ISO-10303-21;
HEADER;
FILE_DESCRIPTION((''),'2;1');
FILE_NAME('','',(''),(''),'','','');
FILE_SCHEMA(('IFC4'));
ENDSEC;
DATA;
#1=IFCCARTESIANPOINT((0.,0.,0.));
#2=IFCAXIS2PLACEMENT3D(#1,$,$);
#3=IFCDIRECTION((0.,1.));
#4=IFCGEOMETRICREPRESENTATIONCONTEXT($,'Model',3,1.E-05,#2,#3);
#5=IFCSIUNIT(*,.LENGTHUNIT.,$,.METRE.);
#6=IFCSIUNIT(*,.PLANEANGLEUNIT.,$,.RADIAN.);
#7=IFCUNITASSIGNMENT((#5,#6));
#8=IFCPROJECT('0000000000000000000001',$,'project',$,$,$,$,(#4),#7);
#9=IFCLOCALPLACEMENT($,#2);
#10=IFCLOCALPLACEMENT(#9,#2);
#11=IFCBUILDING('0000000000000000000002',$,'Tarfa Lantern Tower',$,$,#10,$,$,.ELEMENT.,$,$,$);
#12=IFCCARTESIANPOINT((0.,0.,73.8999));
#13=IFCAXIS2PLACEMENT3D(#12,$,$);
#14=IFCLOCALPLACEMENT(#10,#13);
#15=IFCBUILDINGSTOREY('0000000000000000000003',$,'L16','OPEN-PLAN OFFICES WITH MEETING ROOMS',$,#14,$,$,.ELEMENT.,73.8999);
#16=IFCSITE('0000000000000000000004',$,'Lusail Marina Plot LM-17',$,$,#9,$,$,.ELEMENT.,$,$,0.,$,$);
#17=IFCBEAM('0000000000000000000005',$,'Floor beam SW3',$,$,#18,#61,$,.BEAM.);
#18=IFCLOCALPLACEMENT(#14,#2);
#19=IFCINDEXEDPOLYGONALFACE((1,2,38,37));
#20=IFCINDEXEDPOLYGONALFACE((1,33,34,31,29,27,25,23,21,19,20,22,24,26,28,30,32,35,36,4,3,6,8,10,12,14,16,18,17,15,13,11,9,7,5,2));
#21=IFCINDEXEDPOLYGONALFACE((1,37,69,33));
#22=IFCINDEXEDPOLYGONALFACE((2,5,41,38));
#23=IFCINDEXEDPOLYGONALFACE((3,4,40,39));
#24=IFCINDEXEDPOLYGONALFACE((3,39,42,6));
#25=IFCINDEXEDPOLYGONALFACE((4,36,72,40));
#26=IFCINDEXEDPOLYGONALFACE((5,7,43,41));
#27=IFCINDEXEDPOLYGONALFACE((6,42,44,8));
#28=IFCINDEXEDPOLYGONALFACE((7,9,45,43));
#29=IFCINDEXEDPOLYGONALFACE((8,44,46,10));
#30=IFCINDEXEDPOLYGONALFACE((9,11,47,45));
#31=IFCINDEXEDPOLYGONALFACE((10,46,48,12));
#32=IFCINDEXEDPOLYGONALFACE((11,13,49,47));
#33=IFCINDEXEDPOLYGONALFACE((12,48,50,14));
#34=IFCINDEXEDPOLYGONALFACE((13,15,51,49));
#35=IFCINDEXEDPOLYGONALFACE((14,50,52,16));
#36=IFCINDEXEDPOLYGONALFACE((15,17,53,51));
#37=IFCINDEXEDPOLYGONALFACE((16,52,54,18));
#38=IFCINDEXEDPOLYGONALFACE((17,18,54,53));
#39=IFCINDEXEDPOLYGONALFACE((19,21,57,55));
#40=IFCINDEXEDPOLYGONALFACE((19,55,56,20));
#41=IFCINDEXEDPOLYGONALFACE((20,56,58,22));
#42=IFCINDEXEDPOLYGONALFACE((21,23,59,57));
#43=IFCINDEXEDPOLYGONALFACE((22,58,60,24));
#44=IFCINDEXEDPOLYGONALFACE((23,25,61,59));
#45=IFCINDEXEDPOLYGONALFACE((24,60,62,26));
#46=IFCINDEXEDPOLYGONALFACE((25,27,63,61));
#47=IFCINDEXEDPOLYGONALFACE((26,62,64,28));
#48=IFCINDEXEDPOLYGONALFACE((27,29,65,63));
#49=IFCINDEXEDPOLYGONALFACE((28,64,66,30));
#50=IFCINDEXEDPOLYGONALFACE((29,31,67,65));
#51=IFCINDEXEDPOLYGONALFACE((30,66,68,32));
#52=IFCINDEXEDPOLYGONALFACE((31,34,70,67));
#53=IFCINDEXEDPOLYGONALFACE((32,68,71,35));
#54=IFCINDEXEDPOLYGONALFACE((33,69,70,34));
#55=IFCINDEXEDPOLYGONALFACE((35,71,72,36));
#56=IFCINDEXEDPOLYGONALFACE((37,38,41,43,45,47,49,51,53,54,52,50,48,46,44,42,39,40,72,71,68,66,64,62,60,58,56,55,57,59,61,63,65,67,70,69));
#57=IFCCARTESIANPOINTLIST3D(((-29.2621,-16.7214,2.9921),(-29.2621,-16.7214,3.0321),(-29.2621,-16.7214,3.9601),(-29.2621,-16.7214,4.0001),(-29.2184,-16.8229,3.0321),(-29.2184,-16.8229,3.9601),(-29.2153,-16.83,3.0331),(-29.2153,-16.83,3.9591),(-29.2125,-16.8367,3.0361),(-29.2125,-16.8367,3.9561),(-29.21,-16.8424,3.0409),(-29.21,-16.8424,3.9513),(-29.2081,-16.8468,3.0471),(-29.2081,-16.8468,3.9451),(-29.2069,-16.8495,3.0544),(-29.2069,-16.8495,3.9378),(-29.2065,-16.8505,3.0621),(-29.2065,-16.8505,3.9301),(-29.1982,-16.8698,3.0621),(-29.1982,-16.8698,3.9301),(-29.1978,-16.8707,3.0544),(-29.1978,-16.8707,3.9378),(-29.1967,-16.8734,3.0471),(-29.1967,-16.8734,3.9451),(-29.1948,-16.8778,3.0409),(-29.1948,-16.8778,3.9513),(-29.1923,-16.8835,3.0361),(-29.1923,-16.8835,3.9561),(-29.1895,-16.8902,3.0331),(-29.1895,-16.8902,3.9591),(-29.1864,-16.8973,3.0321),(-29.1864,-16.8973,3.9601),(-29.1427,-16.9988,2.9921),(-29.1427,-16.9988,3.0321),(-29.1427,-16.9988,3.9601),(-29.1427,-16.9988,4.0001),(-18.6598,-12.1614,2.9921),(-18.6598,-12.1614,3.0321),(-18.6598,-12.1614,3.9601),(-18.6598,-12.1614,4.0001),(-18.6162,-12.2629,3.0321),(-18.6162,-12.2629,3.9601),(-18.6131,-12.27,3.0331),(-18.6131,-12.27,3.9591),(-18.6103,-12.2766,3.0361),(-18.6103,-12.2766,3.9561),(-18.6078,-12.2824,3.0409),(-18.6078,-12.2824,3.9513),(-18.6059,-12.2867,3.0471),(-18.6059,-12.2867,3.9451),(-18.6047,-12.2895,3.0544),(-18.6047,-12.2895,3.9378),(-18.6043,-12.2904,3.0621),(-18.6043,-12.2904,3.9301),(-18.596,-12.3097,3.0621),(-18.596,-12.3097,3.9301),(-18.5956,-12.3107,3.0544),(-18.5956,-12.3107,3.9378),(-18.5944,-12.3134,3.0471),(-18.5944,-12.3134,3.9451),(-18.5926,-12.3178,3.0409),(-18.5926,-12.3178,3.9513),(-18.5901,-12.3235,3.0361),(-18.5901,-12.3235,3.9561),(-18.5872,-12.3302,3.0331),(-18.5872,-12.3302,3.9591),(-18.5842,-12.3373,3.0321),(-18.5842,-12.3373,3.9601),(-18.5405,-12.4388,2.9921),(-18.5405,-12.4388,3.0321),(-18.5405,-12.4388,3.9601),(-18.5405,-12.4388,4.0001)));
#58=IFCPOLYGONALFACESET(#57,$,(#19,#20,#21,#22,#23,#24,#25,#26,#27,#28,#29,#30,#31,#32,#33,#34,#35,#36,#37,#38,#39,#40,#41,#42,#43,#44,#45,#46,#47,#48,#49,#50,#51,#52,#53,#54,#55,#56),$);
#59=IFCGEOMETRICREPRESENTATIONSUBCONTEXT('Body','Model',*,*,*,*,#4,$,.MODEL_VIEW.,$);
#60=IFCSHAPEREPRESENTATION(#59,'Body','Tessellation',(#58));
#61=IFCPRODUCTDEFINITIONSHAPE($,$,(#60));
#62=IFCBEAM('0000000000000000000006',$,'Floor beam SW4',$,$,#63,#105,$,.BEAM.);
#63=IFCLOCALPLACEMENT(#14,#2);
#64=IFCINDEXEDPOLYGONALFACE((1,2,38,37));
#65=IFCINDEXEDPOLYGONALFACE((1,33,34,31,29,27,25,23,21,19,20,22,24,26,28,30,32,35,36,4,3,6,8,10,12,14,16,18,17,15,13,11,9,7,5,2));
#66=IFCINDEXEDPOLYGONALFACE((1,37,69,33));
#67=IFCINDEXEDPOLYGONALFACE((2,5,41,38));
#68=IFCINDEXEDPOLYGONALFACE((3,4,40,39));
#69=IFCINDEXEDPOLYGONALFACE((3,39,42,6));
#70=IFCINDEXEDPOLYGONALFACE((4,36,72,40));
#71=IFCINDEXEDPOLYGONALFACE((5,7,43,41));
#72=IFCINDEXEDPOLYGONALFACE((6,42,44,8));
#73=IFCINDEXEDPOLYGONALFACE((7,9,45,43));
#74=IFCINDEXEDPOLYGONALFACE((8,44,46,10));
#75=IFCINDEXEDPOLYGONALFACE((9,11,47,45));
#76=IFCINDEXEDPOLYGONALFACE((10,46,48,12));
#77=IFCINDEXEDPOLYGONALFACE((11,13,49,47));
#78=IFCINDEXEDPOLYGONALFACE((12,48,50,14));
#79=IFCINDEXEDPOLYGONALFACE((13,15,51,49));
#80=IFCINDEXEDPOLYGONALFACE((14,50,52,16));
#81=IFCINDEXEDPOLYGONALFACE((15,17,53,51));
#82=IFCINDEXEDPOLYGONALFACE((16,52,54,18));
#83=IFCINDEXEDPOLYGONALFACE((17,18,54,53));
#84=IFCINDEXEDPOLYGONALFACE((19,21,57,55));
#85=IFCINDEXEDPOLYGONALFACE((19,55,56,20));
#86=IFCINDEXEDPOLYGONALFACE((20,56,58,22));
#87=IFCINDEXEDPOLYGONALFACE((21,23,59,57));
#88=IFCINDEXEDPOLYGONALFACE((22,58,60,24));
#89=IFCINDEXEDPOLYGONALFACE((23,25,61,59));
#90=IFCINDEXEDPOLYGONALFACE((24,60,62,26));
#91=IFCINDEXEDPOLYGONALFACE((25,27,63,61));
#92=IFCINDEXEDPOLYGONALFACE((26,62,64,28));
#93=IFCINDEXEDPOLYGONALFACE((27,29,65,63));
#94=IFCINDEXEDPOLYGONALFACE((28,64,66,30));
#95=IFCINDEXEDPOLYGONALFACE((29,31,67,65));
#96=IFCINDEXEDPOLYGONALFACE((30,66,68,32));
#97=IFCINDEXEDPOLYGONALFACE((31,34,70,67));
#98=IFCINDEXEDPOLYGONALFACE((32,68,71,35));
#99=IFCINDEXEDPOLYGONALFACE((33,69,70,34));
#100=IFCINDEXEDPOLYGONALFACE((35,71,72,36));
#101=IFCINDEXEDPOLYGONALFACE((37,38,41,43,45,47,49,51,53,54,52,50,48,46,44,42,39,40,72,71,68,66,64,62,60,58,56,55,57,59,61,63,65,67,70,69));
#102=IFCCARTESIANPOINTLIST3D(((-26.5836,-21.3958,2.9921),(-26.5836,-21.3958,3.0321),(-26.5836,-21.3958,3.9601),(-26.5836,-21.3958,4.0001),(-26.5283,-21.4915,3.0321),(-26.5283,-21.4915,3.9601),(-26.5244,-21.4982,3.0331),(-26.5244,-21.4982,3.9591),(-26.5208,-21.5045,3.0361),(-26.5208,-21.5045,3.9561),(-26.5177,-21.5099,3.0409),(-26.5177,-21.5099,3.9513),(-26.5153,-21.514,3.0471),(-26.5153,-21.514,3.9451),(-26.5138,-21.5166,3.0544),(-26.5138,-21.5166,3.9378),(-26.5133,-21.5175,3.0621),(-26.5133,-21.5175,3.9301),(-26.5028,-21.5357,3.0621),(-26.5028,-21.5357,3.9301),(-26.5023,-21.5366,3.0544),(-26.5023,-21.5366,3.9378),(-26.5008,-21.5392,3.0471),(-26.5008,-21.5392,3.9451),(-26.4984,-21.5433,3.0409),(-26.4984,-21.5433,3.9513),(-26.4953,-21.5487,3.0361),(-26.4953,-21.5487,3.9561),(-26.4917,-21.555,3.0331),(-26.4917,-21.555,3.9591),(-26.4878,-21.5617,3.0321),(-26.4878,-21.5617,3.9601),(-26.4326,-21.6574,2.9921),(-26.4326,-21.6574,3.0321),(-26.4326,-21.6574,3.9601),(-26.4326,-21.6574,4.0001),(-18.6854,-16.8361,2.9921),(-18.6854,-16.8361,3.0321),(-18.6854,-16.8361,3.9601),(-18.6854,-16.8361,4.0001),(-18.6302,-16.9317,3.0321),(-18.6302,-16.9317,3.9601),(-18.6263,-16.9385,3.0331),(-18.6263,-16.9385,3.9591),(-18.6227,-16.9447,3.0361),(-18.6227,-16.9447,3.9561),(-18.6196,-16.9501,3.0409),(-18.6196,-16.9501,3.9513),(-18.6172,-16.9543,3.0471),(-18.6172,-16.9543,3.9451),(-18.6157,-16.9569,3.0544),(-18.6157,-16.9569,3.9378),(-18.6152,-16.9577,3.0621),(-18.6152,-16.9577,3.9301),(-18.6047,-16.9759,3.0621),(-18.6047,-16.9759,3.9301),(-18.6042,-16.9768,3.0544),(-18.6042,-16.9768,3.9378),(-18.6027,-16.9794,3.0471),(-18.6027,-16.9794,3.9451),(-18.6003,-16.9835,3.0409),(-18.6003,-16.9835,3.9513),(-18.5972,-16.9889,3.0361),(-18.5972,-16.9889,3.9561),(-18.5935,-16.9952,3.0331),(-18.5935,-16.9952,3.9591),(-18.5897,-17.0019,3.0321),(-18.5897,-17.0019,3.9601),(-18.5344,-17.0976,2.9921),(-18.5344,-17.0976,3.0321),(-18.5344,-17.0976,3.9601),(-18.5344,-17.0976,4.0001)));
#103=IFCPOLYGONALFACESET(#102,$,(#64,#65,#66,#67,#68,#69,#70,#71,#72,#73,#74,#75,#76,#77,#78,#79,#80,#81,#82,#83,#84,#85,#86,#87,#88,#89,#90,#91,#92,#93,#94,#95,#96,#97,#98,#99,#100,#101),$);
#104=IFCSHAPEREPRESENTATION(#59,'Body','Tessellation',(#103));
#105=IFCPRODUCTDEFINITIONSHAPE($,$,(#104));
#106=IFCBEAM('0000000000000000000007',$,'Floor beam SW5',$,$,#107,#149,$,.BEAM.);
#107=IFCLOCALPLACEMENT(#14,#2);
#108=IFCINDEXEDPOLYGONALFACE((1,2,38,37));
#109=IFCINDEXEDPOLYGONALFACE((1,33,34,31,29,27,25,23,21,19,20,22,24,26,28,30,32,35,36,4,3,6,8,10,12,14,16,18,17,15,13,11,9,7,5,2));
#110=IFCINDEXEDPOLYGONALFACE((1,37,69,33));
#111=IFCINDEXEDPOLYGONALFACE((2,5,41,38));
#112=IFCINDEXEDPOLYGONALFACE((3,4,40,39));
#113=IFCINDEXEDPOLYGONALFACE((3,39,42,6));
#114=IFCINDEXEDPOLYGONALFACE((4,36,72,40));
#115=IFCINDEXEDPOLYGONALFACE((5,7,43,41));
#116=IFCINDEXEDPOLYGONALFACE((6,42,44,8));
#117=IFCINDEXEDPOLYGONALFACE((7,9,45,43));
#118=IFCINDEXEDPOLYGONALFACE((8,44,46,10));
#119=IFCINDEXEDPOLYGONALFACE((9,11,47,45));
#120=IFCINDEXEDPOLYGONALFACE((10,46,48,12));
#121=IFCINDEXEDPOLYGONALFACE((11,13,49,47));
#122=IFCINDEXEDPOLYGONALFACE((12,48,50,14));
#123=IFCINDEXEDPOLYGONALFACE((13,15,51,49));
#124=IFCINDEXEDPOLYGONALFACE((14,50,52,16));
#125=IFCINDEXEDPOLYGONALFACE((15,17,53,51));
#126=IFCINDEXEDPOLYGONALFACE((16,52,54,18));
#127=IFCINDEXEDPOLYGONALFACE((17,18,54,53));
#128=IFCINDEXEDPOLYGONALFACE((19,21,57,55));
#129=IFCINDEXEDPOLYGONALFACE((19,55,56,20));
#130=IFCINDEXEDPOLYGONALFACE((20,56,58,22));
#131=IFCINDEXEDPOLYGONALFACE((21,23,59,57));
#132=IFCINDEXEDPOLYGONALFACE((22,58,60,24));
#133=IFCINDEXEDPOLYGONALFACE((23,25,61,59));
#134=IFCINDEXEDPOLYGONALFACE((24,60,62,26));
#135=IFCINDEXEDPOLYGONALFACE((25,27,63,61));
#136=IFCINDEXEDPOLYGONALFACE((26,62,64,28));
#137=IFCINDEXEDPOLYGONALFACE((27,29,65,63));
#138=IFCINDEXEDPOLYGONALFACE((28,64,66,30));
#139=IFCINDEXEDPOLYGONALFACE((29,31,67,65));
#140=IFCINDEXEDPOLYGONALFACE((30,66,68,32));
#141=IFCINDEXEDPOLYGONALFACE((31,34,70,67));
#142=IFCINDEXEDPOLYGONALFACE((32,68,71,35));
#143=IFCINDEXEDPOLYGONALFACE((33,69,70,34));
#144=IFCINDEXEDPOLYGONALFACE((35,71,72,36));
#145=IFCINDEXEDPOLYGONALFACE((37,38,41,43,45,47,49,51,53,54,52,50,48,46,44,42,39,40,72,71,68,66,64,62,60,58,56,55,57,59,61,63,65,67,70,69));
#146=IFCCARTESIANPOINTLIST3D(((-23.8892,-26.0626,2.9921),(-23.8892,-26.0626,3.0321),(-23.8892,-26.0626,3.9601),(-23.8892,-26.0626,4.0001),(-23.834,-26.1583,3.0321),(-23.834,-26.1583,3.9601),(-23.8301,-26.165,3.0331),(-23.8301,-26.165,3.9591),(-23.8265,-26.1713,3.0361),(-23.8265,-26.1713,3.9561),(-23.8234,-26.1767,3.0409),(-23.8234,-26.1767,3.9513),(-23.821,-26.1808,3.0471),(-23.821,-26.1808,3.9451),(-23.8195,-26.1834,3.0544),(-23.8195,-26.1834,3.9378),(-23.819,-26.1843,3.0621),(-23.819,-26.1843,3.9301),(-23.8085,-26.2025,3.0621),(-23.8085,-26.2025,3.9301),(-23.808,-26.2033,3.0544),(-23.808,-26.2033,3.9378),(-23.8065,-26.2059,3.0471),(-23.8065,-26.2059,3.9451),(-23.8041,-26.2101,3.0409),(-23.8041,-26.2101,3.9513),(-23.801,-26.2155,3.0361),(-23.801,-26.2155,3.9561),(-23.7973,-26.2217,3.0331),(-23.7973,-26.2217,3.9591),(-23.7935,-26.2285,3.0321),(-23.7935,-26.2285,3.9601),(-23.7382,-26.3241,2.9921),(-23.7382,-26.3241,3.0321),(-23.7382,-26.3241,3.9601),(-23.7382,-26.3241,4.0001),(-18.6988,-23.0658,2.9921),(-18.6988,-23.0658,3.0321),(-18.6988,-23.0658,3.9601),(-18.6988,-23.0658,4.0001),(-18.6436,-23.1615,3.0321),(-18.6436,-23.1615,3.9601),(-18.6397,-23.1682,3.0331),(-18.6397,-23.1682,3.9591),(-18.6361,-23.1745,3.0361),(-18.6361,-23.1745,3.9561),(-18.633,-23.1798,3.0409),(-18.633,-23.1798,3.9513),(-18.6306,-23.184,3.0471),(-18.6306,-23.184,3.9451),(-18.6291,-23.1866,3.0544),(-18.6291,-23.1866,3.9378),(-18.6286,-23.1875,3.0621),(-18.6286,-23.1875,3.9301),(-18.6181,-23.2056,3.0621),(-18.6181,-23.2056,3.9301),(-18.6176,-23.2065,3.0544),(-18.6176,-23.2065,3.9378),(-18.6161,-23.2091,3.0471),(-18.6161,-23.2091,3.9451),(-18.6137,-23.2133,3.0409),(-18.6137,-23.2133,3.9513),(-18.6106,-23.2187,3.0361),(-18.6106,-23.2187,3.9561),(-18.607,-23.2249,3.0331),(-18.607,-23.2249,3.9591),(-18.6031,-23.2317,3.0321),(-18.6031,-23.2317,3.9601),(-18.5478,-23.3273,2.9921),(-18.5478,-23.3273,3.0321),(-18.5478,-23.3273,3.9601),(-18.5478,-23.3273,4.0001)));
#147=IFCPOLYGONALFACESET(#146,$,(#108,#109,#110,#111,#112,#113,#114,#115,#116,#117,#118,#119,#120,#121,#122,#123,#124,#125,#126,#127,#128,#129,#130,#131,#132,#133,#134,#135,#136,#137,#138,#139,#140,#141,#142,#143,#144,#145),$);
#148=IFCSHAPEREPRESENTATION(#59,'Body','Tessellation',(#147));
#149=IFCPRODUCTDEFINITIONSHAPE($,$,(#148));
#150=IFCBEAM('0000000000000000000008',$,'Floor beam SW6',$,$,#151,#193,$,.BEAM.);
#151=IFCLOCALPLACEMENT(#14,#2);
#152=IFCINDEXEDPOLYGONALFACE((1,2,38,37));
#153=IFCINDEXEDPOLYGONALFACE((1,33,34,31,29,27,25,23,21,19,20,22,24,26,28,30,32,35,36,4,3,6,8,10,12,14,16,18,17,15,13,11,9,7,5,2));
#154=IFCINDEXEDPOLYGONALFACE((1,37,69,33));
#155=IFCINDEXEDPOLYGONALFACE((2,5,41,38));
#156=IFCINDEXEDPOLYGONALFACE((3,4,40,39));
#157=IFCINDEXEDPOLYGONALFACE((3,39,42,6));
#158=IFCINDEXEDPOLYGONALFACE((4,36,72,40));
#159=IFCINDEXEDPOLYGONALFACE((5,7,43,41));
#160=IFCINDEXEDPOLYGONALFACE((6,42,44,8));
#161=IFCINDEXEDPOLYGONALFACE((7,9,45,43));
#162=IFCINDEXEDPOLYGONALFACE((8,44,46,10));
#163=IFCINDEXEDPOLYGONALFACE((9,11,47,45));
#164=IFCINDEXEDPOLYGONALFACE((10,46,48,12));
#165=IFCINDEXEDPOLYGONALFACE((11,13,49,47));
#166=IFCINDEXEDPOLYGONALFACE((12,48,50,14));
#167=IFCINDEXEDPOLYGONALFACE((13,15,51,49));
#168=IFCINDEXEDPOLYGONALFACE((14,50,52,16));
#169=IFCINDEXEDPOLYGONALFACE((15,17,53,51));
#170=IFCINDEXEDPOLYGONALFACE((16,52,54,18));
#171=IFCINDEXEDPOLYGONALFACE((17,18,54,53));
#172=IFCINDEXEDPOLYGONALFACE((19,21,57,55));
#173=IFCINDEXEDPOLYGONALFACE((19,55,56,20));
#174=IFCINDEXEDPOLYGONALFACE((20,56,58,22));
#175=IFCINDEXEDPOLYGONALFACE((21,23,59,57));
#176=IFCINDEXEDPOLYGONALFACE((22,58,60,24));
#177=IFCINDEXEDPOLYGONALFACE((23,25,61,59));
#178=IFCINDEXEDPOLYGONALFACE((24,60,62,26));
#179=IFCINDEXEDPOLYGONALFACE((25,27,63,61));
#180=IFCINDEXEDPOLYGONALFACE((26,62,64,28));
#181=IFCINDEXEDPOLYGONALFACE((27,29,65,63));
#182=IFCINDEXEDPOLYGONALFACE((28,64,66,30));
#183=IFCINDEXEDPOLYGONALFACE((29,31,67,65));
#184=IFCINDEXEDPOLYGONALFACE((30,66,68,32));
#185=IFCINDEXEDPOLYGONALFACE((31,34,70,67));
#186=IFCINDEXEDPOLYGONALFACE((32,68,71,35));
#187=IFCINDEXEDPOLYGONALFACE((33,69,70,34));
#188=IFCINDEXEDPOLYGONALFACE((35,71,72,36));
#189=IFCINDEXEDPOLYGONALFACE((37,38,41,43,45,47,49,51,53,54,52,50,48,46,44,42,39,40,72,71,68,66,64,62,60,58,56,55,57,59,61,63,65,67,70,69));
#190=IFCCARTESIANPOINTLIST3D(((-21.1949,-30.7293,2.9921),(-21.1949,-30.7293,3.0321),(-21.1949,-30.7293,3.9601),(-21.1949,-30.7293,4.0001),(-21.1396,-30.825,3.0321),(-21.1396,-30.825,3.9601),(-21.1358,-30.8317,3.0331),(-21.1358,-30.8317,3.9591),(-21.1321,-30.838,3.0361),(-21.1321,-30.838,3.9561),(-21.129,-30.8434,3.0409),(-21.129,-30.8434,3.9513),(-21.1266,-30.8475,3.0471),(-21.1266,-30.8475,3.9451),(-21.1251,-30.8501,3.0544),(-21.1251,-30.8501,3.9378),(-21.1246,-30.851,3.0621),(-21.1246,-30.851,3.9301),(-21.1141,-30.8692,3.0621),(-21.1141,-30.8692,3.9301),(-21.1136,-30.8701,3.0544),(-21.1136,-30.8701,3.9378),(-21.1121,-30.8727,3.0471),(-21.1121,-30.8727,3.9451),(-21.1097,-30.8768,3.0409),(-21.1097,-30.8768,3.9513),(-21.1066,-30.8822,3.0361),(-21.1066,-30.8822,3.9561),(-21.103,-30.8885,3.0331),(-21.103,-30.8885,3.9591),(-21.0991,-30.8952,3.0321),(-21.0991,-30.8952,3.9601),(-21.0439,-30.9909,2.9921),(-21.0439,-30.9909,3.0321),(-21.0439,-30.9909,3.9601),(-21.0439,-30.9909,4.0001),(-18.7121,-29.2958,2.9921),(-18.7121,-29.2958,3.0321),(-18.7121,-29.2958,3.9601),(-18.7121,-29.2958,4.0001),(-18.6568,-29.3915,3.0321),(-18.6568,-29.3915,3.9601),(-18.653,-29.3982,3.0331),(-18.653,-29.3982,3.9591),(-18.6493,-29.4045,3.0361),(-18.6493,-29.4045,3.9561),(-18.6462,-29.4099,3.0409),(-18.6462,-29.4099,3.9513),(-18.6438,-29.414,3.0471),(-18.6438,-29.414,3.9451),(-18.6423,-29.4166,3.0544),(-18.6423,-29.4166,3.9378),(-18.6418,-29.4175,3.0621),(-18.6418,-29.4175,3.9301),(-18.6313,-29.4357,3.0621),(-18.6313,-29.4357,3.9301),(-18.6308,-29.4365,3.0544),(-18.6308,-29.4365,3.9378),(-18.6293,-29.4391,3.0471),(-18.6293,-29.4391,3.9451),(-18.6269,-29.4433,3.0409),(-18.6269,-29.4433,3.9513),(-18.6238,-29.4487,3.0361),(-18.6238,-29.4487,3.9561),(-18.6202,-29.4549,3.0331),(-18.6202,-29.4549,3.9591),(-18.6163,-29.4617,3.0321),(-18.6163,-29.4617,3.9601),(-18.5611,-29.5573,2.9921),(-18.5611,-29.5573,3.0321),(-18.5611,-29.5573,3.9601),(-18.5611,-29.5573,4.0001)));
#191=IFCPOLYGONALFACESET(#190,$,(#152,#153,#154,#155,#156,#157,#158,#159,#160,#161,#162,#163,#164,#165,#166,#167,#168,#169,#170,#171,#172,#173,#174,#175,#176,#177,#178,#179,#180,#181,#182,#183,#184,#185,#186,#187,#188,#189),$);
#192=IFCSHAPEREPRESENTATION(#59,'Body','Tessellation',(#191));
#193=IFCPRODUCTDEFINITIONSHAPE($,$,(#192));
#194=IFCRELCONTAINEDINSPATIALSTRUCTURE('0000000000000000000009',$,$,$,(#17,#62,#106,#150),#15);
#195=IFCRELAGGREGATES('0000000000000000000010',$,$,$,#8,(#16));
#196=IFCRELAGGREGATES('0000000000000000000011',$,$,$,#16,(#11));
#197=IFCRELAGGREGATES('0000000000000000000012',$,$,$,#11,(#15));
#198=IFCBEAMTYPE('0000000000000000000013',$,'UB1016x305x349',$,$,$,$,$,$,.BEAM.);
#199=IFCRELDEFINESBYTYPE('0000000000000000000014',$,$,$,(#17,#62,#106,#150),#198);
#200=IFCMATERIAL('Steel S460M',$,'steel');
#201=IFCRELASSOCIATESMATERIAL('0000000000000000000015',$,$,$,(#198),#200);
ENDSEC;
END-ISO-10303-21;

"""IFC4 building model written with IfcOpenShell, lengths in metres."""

from ifc_helpers import new_model, si_unit, direction, frame, origin, origin_2d, place, context, subcontext, project, spatial, i_section, extrude, material, material_profile, profile_set, type_object, element, save


model = new_model("IFC4")

# Units and contexts
model_context = context("Model", 3, precision=1e-05, world=origin(), true_north=direction((0.0, 1.0)))
body_context = subcontext(model_context, "Body", "Model", "MODEL_VIEW")
ifc_project = project(units=[si_unit("LENGTHUNIT", "METRE"), si_unit("PLANEANGLEUNIT", "RADIAN")], contexts=[model_context])

# Site, building, storey
site_placement = place(None, origin())
site = spatial("IfcSite", under=ifc_project, at=site_placement, Name="Lusail Marina Plot LM-17", CompositionType="ELEMENT", RefElevation=0.0)
building_placement = place(site_placement, origin())
building = spatial("IfcBuilding", under=site, at=building_placement, Name="Tarfa Lantern Tower", CompositionType="ELEMENT")
storey_placement = place(building_placement, frame((0.0, 0.0, 73.8999)))
storey = spatial("IfcBuildingStorey", under=building, at=storey_placement, Name="L16", Description="OPEN-PLAN OFFICES WITH MEETING ROOMS", CompositionType="ELEMENT", Elevation=73.8999)

# Beams
ifc_material_1 = material(Name="Steel S460M", Category="steel")
ifc_material_profile_1 = material_profile(ifc_material_1, i_section(OverallWidth=0.302, OverallDepth=1.0081, WebThickness=0.021, FlangeThickness=0.04, FilletRadius=0.03, at=origin_2d()), Name="UB1016x305x349")
ifc_profile_set_1 = profile_set([ifc_material_profile_1], Name="Steel S460M")
beam_type_1 = type_object("IfcBeamType", Name="UB1016x305x349", PredefinedType="BEAM", material=ifc_profile_set_1)
beam_1_placement = place(storey_placement, frame((-29.2024, -16.8601, 3.4961), z_axis=(0.918635, 0.395106, 0.0), x_axis=(-0.395106, 0.918635, 0.0)))
element("IfcBeam", 1, at=beam_1_placement, inside=storey, type_object=beam_type_1, Name="Floor beam SW3", PredefinedType="BEAM", context=body_context, shape_type="SweptSolid", body=[
    extrude(i_section(OverallWidth=0.302, OverallDepth=1.0081, WebThickness=0.021, FlangeThickness=0.04, FilletRadius=0.03, at=origin_2d()), origin(), (0.0, 0.0, 1.0), 11.5413),
])
beam_2_placement = place(storey_placement, frame((-26.5081, -21.5266, 3.4961), z_axis=(0.866035, 0.499983, 0.0), x_axis=(-0.499983, 0.866035, 0.0)))
element("IfcBeam", 2, at=beam_2_placement, inside=storey, type_object=beam_type_1, Name="Floor beam SW4", PredefinedType="BEAM", context=body_context, shape_type="SweptSolid", body=[
    extrude(i_section(OverallWidth=0.302, OverallDepth=1.0081, WebThickness=0.021, FlangeThickness=0.04, FilletRadius=0.03, at=origin_2d()), origin(), (0.0, 0.0, 1.0), 9.1199),
])
beam_3_placement = place(storey_placement, frame((-23.8137, -26.1934, 3.4961), z_axis=(0.866016, 0.500016, 0.0), x_axis=(-0.500016, 0.866016, 0.0)))
element("IfcBeam", 3, at=beam_3_placement, inside=storey, type_object=beam_type_1, Name="Floor beam SW5", PredefinedType="BEAM", context=body_context, shape_type="SweptSolid", body=[
    extrude(i_section(OverallWidth=0.302, OverallDepth=1.0081, WebThickness=0.021, FlangeThickness=0.04, FilletRadius=0.03, at=origin_2d()), origin(), (0.0, 0.0, 1.0), 5.9934),
])
beam_4_placement = place(storey_placement, frame((-21.1194, -30.8601, 3.4961), z_axis=(0.866013, 0.500022, 0.0), x_axis=(-0.500022, 0.866013, 0.0)))
element("IfcBeam", 4, at=beam_4_placement, inside=storey, type_object=beam_type_1, Name="Floor beam SW6", PredefinedType="BEAM", context=body_context, shape_type="SweptSolid", body=[
    extrude(i_section(OverallWidth=0.302, OverallDepth=1.0081, WebThickness=0.021, FlangeThickness=0.04, FilletRadius=0.03, at=origin_2d()), origin(), (0.0, 0.0, 1.0), 2.8669),
])

save(model, "model.ifc")
